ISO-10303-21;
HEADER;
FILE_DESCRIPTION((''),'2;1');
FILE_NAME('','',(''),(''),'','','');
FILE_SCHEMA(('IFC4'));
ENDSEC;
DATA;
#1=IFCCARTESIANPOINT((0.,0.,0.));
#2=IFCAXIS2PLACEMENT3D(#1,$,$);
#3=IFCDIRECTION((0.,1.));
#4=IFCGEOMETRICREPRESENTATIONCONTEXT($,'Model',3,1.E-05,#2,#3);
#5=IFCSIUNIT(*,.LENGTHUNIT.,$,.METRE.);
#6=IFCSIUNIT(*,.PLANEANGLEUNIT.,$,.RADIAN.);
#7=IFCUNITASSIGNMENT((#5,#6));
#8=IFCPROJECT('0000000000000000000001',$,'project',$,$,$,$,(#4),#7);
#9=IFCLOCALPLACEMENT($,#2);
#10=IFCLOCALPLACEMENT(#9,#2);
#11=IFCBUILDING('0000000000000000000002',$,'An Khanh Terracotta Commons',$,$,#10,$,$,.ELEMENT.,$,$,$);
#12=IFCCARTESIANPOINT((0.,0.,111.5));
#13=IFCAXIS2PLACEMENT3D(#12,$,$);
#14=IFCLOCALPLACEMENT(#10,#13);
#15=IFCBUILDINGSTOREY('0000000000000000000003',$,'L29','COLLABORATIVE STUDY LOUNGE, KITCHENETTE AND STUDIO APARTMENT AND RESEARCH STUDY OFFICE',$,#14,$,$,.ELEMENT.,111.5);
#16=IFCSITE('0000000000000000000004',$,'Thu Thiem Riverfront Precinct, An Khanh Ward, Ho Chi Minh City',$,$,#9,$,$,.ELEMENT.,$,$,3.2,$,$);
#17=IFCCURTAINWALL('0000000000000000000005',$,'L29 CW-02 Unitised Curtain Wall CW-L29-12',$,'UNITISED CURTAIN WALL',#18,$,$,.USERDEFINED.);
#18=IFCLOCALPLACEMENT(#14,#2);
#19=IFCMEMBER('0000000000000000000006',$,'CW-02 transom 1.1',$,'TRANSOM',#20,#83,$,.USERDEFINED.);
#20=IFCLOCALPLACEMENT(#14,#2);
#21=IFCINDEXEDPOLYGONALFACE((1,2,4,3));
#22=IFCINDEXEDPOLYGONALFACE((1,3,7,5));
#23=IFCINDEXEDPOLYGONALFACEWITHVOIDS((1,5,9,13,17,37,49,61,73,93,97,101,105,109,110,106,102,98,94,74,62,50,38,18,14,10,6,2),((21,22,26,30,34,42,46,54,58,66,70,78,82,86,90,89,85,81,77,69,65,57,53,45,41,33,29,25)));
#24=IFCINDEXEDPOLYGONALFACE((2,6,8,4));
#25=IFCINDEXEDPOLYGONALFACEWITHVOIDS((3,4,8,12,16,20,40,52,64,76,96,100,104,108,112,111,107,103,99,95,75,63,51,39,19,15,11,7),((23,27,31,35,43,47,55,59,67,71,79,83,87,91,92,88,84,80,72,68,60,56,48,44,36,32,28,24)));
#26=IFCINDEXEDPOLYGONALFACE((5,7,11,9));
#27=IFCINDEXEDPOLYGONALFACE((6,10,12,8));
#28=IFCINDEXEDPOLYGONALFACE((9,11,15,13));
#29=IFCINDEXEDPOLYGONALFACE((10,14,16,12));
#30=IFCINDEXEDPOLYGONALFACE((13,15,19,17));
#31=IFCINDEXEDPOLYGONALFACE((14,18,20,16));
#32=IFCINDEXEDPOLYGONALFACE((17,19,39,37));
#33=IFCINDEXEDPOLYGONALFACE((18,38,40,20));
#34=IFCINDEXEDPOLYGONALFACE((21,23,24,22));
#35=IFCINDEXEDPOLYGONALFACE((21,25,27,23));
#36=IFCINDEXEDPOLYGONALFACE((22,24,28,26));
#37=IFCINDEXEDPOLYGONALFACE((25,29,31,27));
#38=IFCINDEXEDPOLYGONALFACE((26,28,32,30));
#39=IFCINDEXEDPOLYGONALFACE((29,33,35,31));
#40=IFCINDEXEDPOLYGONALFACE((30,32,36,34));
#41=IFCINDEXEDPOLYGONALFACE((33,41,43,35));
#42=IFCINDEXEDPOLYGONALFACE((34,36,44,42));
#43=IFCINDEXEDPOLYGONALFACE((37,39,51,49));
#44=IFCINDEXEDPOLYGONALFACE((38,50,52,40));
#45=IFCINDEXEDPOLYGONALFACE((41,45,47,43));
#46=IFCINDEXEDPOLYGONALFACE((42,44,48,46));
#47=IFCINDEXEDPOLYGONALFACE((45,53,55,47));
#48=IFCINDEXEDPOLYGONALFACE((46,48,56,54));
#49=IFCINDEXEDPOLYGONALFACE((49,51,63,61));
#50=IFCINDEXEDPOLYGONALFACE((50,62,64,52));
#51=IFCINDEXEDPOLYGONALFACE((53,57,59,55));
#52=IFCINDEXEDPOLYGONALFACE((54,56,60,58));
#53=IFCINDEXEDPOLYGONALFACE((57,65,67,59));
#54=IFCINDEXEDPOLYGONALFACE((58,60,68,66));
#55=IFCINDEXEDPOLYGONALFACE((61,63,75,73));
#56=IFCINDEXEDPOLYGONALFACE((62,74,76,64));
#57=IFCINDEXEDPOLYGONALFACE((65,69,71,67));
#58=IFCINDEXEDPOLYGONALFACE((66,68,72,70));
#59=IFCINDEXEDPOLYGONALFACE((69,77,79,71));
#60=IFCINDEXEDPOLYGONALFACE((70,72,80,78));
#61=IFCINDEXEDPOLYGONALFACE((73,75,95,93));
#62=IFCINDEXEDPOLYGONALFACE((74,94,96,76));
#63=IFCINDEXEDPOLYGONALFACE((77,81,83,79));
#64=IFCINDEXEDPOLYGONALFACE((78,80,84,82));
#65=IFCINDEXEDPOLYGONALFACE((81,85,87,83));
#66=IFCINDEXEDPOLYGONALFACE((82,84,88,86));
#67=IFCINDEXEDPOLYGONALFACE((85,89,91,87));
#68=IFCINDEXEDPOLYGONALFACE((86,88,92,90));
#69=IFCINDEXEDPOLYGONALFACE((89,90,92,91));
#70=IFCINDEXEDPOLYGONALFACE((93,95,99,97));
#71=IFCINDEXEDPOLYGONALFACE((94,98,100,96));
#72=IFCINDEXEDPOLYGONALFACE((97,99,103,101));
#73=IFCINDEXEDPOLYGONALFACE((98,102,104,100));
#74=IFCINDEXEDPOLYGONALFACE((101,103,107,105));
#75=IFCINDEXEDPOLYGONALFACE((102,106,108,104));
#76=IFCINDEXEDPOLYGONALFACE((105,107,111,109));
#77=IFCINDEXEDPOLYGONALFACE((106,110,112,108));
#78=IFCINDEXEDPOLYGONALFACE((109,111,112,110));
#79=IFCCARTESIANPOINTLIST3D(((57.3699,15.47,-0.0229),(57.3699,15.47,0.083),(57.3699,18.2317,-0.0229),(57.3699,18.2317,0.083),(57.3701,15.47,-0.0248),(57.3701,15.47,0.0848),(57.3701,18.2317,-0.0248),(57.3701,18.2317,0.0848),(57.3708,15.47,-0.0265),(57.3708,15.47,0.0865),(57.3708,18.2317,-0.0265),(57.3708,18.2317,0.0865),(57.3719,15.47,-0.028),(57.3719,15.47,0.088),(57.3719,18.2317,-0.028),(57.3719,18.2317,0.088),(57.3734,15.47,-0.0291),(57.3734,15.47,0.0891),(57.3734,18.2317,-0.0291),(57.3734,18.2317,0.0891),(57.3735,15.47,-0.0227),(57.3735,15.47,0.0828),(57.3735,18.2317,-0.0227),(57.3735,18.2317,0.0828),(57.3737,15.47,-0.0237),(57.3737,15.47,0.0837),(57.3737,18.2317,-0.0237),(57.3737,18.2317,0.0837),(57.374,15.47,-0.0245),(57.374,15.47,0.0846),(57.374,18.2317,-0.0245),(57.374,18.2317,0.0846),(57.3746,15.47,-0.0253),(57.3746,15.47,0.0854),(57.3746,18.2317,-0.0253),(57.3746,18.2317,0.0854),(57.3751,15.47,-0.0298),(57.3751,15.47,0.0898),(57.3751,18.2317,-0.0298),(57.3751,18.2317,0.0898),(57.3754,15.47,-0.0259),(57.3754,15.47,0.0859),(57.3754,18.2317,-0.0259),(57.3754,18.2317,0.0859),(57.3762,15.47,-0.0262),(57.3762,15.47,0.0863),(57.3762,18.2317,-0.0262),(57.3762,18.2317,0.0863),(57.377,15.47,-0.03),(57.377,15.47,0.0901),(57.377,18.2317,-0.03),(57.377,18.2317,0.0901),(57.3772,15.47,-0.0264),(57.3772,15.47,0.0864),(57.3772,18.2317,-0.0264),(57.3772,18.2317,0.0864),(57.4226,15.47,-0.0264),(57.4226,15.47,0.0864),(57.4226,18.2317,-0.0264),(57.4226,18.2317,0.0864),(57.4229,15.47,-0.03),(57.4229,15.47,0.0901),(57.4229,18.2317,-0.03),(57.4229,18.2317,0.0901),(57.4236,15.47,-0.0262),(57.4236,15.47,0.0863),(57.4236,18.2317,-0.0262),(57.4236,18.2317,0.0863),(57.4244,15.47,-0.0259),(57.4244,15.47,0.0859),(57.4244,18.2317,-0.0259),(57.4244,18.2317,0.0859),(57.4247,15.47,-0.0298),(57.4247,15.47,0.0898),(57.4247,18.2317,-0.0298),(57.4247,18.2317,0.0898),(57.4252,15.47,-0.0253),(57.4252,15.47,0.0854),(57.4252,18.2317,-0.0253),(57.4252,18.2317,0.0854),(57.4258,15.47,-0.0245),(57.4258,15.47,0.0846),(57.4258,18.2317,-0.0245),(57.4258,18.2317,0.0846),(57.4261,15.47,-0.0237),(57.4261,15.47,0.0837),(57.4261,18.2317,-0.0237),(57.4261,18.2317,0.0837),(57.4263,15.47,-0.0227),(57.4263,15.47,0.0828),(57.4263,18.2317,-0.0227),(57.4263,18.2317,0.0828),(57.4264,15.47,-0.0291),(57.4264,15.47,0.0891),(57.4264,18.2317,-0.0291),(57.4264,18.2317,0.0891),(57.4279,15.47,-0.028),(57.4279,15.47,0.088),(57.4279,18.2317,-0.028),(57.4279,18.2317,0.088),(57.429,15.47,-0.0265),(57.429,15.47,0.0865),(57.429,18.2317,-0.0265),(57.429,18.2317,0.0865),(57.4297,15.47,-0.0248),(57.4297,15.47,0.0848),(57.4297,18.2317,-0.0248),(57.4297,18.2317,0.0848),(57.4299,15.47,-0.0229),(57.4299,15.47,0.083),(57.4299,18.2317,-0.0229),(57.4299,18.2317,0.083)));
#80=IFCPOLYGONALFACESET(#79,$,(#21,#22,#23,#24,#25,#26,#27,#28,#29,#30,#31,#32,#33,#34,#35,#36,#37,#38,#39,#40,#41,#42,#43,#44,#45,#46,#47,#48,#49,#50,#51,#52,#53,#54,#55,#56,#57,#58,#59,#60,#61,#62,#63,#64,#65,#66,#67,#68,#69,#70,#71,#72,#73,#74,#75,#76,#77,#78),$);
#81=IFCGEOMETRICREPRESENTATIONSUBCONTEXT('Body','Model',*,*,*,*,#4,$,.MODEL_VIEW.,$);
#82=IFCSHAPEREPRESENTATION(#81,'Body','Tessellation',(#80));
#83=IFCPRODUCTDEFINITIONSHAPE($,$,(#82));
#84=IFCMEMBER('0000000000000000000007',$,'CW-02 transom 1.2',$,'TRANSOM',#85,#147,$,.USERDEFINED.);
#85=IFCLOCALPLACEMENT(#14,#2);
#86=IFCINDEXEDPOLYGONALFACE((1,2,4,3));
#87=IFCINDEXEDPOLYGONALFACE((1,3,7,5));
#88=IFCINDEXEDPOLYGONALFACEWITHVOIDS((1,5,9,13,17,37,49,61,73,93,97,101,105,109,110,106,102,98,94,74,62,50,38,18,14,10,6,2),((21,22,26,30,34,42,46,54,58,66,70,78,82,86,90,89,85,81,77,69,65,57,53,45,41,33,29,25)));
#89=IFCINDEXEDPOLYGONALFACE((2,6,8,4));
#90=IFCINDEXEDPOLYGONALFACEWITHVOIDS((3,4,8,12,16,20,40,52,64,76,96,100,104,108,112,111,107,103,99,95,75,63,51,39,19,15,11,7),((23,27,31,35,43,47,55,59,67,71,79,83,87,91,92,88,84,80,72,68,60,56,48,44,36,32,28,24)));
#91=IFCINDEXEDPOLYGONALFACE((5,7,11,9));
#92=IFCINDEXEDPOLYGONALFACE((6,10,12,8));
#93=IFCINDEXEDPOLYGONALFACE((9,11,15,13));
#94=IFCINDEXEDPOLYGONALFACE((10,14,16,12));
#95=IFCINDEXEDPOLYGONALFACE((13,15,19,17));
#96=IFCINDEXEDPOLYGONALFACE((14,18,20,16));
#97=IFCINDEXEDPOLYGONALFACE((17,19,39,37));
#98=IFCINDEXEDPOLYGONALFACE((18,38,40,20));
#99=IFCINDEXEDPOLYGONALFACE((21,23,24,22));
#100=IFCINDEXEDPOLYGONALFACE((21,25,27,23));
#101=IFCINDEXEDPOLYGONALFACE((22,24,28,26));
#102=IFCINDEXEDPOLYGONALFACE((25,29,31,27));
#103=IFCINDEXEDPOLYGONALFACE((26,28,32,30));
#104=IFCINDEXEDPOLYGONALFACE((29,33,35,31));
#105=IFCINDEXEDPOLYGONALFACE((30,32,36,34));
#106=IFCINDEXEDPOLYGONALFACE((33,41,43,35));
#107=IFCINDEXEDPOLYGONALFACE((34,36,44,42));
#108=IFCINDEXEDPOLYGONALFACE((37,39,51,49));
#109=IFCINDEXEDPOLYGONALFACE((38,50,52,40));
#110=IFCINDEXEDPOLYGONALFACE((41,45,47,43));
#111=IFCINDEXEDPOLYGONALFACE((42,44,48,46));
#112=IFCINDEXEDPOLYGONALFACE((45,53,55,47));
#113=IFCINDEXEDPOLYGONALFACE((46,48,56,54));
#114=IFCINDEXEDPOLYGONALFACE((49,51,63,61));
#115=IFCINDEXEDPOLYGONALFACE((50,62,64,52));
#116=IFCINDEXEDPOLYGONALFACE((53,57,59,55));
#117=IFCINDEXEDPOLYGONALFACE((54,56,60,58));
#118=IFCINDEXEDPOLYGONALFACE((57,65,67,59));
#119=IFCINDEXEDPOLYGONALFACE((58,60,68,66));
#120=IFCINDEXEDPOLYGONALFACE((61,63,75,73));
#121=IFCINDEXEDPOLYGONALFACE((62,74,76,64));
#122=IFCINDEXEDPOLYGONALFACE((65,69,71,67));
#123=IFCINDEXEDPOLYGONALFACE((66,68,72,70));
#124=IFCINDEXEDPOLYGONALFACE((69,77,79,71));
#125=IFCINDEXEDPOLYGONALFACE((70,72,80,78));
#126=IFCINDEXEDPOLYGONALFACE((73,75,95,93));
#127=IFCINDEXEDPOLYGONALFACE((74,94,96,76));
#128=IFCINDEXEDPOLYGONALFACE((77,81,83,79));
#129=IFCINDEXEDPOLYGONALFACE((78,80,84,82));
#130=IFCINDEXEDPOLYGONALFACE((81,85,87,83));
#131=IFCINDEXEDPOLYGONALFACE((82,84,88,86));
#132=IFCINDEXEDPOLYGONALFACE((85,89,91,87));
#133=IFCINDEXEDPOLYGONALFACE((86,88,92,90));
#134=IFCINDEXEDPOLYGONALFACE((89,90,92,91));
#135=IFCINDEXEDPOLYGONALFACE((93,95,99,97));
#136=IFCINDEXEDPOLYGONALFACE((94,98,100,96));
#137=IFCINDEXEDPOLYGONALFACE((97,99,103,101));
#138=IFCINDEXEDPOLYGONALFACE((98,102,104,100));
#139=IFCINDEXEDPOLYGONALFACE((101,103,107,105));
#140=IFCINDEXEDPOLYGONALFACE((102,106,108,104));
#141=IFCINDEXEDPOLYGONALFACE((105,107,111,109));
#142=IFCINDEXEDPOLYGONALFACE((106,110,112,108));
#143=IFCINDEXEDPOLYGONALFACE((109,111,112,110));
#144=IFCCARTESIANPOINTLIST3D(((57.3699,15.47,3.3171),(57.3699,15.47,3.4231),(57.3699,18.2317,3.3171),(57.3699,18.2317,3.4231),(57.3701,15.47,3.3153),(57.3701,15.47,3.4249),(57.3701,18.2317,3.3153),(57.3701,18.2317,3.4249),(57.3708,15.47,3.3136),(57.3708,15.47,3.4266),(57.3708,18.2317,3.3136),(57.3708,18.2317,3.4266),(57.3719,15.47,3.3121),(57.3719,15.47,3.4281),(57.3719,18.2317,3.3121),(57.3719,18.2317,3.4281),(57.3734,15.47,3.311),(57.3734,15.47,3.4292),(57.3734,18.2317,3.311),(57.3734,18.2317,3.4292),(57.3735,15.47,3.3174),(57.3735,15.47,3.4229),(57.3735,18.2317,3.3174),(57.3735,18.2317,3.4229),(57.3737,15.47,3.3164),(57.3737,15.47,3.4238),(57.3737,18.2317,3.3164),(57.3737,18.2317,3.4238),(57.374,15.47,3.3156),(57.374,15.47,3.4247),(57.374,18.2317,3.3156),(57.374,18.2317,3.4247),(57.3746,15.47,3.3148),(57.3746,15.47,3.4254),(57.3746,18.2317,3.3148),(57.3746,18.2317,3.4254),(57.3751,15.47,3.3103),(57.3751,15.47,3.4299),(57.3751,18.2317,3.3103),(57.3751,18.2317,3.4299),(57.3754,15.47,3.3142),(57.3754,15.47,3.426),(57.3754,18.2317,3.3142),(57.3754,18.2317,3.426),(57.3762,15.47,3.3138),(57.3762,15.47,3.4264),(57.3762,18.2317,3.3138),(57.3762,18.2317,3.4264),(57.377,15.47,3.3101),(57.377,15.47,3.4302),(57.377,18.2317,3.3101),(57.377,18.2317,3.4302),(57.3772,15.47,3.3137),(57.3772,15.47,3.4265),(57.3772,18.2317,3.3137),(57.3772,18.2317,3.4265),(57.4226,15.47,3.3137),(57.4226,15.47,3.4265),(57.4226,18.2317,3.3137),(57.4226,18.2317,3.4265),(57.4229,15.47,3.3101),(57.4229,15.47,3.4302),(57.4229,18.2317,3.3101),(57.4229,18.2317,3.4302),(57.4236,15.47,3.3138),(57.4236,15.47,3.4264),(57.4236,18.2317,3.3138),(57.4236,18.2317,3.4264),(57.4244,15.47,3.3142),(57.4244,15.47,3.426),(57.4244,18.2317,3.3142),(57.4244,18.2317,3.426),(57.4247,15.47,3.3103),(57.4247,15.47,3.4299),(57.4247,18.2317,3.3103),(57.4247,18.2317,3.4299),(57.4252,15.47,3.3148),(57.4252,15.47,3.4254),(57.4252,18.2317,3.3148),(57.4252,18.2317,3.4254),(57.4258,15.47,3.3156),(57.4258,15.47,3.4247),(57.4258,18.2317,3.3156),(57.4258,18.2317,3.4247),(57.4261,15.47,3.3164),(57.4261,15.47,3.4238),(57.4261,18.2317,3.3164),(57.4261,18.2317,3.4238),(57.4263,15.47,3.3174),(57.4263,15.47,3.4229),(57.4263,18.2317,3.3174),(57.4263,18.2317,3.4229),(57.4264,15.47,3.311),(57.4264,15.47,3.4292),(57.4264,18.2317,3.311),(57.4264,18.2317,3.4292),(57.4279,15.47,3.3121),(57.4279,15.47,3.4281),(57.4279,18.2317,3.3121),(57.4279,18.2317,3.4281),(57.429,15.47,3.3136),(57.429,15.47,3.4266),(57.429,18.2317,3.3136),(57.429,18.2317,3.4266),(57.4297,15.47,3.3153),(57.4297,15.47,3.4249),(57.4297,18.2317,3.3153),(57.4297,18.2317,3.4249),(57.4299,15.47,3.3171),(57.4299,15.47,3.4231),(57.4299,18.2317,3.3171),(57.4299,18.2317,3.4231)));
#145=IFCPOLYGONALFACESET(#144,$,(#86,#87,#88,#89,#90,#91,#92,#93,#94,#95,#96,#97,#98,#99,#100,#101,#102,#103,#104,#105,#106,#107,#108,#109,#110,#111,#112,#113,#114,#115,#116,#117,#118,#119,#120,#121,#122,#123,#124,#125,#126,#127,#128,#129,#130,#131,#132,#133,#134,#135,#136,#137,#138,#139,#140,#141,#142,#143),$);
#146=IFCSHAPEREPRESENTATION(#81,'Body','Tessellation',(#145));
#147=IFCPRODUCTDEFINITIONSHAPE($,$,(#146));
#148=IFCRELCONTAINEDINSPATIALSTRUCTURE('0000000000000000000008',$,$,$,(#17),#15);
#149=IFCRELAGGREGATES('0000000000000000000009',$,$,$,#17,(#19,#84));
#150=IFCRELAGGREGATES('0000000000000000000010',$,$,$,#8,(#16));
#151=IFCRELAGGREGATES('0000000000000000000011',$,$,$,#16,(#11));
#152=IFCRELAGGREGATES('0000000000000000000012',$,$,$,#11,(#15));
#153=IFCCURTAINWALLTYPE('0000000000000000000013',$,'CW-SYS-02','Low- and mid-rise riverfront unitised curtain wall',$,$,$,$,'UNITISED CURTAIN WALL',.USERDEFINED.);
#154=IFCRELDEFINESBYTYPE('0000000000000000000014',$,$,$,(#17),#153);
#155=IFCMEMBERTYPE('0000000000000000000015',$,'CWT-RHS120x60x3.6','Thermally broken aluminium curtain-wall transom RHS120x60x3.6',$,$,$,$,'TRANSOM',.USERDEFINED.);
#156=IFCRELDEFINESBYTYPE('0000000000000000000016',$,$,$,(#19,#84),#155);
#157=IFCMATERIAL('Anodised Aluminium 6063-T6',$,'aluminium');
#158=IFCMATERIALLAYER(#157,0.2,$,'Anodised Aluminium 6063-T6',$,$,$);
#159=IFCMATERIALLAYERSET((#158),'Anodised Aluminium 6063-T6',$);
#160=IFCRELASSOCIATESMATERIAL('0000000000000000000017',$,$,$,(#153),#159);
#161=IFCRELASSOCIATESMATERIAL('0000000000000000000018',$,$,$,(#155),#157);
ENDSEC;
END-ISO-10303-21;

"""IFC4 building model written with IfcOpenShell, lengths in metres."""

from ifc_helpers import new_model, si_unit, direction, frame, origin, origin_2d, place, context, subcontext, project, spatial, hollow_rectangle, extrude, material, layer, layer_set, material_profile, profile_set, type_object, element, aggregate, save


model = new_model("IFC4")

# Units and contexts
model_context = context("Model", 3, precision=1e-05, world=origin(), true_north=direction((0.0, 1.0)))
body_context = subcontext(model_context, "Body", "Model", "MODEL_VIEW")
ifc_project = project(units=[si_unit("LENGTHUNIT", "METRE"), si_unit("PLANEANGLEUNIT", "RADIAN")], contexts=[model_context])

# Site, building, storey
site_placement = place(None, origin())
site = spatial("IfcSite", under=ifc_project, at=site_placement, Name="Thu Thiem Riverfront Precinct, An Khanh Ward, Ho Chi Minh City", CompositionType="ELEMENT", RefElevation=3.2)
building_placement = place(site_placement, origin())
building = spatial("IfcBuilding", under=site, at=building_placement, Name="An Khanh Terracotta Commons", CompositionType="ELEMENT")
storey_placement = place(building_placement, frame((0.0, 0.0, 111.5)))
storey = spatial("IfcBuildingStorey", under=building, at=storey_placement, Name="L29", Description="COLLABORATIVE STUDY LOUNGE, KITCHENETTE AND STUDIO APARTMENT AND RESEARCH STUDY OFFICE", CompositionType="ELEMENT", Elevation=111.5)

# Curtain wall
ifc_material_1 = material(Name="Anodised Aluminium 6063-T6", Category="aluminium")
ifc_layer_1 = layer(ifc_material_1, 0.2, Name="Anodised Aluminium 6063-T6")
ifc_layer_set_1 = layer_set([ifc_layer_1], Name="Anodised Aluminium 6063-T6")
curtain_wall_type = type_object("IfcCurtainWallType", Name="CW-SYS-02", Description="Low- and mid-rise riverfront unitised curtain wall", ElementType="UNITISED CURTAIN WALL", PredefinedType="USERDEFINED", material=ifc_layer_set_1)
curtain_wall_1_placement = place(storey_placement, origin())
curtain_wall_1 = element("IfcCurtainWall", 1, at=curtain_wall_1_placement, inside=storey, type_object=curtain_wall_type, Name="L29 CW-02 Unitised Curtain Wall CW-L29-12", ObjectType="UNITISED CURTAIN WALL", PredefinedType="USERDEFINED")

# Members
ifc_material_profile_1 = material_profile(ifc_material_1, hollow_rectangle(XDim=0.0601, YDim=0.1201, WallThickness=0.0037, InnerFilletRadius=0.0037, OuterFilletRadius=0.0071, at=origin_2d()), Name="RHS120x60x3.6")
ifc_profile_set_1 = profile_set([ifc_material_profile_1], Name="Anodised Aluminium 6063-T6")
member_type_1 = type_object("IfcMemberType", Name="CWT-RHS120x60x3.6", Description="Thermally broken aluminium curtain-wall transom RHS120x60x3.6", ElementType="TRANSOM", PredefinedType="USERDEFINED", material=ifc_profile_set_1)
member_1_placement = place(storey_placement, frame((57.3999, 15.47, 0.03), z_axis=(0.0, 1.0, 0.0), x_axis=(-1.0, 0.0, 0.0)))
member_1 = element("IfcMember", 2, at=member_1_placement, type_object=member_type_1, Name="CW-02 transom 1.1", ObjectType="TRANSOM", PredefinedType="USERDEFINED", context=body_context, shape_type="SweptSolid", body=[
    extrude(hollow_rectangle(XDim=0.0601, YDim=0.1201, WallThickness=0.0037, InnerFilletRadius=0.0037, OuterFilletRadius=0.0071, at=origin_2d()), origin(), (0.0, 0.0, 1.0), 2.7617),
])
member_2_placement = place(storey_placement, frame((57.3999, 15.47, 3.3701), z_axis=(0.0, 1.0, 0.0), x_axis=(-1.0, 0.0, 0.0)))
member_2 = element("IfcMember", 3, at=member_2_placement, type_object=member_type_1, Name="CW-02 transom 1.2", ObjectType="TRANSOM", PredefinedType="USERDEFINED", context=body_context, shape_type="SweptSolid", body=[
    extrude(hollow_rectangle(XDim=0.0601, YDim=0.1201, WallThickness=0.0037, InnerFilletRadius=0.0037, OuterFilletRadius=0.0071, at=origin_2d()), origin(), (0.0, 0.0, 1.0), 2.7617),
])

aggregate(curtain_wall_1, [member_1, member_2])

save(model, "model.ifc")
